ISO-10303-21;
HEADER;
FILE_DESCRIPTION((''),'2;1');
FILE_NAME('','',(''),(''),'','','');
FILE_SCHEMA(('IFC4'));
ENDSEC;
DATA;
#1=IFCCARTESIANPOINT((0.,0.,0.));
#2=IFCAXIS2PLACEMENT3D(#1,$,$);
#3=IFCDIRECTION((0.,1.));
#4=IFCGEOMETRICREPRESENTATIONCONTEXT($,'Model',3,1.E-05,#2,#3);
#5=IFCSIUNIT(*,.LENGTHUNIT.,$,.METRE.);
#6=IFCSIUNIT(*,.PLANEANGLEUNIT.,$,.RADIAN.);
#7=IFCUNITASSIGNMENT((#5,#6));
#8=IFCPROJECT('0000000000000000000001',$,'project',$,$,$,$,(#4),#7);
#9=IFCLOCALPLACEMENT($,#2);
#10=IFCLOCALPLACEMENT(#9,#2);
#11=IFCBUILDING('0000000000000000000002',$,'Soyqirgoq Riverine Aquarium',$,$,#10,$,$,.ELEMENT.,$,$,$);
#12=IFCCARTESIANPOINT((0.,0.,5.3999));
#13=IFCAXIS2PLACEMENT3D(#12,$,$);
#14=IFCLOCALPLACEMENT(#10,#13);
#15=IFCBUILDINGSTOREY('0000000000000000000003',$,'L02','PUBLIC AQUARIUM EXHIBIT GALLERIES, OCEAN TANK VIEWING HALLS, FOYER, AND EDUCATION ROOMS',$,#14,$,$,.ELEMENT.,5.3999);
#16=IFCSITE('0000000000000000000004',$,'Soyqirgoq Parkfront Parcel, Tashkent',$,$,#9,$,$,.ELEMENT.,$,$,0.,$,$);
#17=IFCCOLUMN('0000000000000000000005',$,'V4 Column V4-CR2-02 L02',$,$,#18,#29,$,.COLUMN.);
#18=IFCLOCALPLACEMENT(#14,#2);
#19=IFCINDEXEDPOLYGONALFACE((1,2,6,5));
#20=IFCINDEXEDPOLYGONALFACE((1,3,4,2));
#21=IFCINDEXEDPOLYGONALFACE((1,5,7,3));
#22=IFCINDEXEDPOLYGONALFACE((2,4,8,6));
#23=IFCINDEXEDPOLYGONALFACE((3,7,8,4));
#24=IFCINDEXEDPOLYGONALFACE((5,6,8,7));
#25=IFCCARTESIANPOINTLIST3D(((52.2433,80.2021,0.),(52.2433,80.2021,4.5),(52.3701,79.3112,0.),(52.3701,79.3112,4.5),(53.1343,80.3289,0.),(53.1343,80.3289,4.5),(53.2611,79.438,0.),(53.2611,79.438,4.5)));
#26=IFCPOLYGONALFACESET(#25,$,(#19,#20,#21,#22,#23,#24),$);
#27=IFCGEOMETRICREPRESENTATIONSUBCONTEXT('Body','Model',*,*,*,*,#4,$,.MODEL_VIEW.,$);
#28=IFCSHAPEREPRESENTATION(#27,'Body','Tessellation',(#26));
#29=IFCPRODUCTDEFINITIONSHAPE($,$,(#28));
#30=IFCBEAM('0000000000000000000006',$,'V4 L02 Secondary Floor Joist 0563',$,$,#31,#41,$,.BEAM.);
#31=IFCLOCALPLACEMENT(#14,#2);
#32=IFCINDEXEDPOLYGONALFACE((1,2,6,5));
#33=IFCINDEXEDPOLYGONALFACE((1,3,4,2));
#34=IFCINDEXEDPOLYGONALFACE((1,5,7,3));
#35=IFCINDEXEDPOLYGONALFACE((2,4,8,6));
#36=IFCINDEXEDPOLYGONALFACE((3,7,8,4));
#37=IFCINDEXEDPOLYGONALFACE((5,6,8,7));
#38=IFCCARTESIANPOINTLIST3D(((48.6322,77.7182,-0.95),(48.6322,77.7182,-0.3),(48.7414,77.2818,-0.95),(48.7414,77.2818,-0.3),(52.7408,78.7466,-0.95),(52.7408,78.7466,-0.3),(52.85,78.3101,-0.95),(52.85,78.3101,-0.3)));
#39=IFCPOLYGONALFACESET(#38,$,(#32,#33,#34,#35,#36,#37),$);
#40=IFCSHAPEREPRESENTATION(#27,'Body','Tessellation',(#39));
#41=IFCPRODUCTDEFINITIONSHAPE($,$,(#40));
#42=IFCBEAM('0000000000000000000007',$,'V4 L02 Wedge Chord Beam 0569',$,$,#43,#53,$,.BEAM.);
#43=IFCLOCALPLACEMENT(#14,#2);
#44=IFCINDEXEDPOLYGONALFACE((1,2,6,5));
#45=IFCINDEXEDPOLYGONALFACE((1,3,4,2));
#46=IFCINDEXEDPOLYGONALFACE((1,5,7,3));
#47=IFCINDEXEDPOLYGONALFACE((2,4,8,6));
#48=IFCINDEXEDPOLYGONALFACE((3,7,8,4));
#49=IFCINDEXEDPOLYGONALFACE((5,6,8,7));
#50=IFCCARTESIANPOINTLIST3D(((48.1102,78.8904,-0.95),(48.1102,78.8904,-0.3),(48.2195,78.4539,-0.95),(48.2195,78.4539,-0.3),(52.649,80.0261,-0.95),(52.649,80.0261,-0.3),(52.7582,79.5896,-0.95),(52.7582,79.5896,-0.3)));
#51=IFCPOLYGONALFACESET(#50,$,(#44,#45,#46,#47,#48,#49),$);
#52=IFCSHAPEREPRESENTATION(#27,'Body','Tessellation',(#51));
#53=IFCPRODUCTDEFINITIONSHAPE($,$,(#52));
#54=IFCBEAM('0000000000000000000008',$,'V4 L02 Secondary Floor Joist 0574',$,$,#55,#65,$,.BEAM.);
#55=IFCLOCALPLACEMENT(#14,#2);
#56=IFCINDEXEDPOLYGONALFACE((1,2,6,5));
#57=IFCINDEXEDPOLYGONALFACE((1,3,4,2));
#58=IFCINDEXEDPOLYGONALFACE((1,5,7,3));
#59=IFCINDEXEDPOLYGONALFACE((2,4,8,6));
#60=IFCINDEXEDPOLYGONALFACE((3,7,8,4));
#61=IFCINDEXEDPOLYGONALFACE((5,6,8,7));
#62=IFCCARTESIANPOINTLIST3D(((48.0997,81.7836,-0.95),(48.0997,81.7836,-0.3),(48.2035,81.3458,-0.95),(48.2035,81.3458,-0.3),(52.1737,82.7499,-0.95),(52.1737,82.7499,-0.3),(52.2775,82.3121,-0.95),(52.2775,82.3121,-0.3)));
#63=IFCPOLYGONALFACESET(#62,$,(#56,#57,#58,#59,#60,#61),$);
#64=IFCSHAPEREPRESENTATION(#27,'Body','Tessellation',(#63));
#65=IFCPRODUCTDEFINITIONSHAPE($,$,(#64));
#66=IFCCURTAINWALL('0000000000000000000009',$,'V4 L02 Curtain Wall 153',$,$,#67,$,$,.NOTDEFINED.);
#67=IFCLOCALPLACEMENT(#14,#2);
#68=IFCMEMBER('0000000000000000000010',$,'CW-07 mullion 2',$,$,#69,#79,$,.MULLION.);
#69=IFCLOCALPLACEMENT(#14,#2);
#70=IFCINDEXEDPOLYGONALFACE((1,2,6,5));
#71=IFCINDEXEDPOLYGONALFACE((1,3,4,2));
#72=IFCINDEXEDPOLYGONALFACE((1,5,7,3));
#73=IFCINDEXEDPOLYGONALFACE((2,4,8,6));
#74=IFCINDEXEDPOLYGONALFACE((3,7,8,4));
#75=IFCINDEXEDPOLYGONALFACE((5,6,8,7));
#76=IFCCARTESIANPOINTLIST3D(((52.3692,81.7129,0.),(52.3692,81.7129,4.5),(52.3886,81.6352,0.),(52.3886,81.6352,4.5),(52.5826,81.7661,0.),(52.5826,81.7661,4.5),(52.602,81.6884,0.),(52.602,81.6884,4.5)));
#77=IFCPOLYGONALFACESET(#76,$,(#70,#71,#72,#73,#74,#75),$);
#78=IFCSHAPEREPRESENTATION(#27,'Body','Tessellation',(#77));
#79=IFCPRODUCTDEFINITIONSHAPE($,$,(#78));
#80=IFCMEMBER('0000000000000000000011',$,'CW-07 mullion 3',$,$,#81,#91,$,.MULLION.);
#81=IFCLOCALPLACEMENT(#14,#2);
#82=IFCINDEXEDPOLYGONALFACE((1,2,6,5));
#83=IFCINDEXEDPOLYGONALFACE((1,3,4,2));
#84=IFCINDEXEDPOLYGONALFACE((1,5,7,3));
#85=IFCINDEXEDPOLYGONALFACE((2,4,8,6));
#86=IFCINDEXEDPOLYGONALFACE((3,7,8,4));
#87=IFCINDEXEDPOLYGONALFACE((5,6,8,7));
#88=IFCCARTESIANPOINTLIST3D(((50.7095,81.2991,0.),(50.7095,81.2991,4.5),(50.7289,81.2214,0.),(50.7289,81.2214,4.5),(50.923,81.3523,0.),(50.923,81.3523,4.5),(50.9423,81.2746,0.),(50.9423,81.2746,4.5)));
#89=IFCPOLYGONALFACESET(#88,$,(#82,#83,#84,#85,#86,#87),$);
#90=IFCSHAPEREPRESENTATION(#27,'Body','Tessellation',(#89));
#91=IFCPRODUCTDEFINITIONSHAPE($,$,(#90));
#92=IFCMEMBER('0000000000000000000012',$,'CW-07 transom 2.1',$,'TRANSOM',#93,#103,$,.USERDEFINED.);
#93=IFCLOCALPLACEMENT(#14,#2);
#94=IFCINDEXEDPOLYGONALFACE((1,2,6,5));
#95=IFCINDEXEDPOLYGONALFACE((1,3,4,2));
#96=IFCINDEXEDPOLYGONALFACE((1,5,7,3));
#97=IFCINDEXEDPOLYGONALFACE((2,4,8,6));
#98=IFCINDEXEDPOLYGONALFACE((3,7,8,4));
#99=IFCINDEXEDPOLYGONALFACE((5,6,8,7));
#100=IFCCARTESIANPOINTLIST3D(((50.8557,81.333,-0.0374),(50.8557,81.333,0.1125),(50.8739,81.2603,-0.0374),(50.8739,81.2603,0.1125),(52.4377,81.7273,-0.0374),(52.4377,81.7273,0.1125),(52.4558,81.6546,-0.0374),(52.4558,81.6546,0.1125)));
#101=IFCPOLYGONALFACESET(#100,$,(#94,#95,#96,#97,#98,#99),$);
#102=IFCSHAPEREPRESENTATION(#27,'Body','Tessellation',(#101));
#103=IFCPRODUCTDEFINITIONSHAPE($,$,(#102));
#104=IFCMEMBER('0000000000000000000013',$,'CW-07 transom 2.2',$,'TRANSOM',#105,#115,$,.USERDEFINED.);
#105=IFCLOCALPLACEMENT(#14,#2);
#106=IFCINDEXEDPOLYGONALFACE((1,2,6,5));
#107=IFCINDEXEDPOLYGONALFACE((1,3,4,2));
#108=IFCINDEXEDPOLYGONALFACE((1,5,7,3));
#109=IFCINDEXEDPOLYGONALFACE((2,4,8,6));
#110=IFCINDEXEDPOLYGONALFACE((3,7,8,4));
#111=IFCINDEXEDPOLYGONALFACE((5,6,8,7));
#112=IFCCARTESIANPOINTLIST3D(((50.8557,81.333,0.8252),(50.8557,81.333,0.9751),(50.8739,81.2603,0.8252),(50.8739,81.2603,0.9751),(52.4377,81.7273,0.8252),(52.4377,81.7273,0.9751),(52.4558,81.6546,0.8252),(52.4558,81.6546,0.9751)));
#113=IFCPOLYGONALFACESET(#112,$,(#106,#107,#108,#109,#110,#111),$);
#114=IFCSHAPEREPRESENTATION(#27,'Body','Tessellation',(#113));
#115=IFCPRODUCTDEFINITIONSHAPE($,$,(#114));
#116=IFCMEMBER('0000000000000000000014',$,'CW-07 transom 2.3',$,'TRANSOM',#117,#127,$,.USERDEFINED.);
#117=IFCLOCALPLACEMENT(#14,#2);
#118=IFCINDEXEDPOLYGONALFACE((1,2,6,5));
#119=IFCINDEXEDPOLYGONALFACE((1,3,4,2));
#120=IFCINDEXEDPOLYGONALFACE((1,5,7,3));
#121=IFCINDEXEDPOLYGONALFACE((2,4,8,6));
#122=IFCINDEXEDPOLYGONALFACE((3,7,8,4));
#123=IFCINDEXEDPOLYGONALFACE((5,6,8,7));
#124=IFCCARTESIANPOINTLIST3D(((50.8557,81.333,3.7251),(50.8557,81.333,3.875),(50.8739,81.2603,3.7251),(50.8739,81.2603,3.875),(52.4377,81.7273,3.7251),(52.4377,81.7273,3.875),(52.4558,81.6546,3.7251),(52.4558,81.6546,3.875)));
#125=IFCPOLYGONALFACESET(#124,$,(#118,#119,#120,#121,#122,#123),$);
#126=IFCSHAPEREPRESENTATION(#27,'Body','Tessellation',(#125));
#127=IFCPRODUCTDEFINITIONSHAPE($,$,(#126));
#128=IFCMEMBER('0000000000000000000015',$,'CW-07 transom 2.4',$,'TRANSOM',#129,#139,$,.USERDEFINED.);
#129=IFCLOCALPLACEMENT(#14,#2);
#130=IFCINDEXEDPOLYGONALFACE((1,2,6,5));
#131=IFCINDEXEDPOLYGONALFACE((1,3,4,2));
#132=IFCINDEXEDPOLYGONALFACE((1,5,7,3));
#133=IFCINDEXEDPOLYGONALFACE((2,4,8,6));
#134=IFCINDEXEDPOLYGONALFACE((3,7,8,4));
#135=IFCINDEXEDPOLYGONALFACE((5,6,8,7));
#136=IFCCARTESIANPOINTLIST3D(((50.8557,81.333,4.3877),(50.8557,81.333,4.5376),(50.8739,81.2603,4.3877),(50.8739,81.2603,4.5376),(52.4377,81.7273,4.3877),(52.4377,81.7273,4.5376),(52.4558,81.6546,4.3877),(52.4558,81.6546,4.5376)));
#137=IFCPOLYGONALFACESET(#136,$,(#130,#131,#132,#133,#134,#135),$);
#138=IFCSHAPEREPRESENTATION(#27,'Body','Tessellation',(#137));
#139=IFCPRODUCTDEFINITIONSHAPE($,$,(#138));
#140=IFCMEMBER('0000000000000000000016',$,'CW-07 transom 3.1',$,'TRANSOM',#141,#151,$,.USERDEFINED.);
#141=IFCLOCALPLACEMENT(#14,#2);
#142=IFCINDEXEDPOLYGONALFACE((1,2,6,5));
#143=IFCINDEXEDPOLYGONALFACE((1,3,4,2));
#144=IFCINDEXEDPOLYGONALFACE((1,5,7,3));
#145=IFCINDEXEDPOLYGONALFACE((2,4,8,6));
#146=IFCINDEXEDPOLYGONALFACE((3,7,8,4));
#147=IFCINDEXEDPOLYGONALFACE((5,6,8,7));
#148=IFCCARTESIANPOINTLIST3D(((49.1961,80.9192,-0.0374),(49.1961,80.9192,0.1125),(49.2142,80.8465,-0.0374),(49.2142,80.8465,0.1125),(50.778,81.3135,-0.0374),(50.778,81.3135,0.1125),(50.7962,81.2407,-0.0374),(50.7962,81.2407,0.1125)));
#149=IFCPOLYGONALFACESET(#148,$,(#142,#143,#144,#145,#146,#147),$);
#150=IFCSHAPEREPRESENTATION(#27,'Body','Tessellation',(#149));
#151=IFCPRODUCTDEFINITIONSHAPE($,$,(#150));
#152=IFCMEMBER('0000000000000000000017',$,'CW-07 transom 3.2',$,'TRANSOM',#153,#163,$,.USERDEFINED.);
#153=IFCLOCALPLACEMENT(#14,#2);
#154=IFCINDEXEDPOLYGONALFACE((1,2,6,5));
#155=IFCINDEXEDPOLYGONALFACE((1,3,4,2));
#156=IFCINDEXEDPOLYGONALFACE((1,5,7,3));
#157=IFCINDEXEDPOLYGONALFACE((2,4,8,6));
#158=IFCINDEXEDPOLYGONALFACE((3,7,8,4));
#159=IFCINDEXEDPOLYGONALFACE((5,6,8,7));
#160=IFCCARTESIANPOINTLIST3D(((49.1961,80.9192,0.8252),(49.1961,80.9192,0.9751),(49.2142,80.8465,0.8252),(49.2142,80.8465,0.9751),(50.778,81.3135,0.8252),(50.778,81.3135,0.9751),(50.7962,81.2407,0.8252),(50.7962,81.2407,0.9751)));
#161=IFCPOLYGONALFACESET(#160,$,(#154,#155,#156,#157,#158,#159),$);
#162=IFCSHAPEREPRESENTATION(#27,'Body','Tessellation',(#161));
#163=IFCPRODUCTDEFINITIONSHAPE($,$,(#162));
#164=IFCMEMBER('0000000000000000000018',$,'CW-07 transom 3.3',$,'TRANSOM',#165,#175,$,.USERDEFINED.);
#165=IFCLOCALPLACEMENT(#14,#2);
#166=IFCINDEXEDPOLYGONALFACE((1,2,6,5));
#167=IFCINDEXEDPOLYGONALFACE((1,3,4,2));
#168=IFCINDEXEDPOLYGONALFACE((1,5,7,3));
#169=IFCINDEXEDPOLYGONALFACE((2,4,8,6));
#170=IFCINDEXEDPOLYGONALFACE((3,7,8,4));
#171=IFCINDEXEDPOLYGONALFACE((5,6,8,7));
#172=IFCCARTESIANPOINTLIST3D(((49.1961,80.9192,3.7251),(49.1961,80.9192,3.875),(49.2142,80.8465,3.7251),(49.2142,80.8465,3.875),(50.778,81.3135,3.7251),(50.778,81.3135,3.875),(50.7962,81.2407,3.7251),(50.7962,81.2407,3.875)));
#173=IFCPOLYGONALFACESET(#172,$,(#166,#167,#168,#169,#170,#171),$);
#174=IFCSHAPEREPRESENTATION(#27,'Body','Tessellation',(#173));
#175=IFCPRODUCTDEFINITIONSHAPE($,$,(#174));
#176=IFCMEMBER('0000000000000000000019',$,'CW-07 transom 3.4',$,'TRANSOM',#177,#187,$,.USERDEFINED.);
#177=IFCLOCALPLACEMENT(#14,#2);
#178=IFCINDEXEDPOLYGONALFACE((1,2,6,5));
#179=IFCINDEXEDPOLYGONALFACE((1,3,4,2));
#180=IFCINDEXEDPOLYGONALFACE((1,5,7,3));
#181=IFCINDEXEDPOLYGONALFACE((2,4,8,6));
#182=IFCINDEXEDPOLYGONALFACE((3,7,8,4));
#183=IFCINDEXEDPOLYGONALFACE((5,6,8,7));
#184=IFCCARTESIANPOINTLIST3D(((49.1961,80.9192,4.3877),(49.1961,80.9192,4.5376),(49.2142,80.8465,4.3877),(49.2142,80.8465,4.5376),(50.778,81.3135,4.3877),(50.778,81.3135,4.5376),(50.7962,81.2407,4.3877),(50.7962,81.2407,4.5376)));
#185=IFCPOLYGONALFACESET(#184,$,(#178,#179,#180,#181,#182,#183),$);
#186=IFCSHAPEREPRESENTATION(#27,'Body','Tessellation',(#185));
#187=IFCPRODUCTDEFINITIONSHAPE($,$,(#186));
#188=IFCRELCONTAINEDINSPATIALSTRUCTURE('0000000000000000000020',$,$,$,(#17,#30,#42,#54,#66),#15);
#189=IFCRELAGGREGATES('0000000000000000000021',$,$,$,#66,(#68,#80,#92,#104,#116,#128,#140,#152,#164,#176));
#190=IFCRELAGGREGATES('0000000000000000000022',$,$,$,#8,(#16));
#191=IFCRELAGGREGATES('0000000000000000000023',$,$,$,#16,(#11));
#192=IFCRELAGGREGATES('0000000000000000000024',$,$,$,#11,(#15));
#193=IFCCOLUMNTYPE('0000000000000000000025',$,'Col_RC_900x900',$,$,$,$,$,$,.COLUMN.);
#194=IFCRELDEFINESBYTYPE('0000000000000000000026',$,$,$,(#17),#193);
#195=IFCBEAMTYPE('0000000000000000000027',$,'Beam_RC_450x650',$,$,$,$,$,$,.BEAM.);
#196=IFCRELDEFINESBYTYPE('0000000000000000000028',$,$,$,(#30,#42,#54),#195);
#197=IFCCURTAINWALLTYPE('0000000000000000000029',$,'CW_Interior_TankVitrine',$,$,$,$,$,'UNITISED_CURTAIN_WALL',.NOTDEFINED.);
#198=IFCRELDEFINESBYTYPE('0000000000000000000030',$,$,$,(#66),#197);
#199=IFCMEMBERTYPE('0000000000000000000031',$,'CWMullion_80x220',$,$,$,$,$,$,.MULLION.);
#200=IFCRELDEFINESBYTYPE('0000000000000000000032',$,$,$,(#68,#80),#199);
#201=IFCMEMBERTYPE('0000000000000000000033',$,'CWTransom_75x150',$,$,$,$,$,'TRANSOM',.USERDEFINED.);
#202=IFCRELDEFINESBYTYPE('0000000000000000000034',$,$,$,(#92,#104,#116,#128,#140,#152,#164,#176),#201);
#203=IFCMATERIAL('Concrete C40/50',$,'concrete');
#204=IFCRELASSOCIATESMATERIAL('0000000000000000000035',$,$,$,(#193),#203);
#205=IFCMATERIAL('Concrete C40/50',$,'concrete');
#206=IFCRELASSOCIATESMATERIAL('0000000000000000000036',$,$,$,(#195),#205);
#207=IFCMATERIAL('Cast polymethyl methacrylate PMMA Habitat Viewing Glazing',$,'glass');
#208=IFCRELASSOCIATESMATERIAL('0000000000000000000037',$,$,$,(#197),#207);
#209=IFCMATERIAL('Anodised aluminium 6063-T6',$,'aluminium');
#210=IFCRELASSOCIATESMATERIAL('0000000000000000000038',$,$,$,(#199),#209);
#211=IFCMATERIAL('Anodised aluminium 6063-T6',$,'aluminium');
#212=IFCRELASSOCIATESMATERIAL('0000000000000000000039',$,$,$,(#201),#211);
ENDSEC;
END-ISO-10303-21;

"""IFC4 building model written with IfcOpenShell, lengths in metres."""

from ifc_helpers import new_model, si_unit, direction, frame, origin, origin_2d, place, context, subcontext, project, spatial, rectangle, extrude, material, material_profile, profile_set, type_object, element, aggregate, save


model = new_model("IFC4")

# Units and contexts
model_context = context("Model", 3, precision=1e-05, world=origin(), true_north=direction((0.0, 1.0)))
body_context = subcontext(model_context, "Body", "Model", "MODEL_VIEW")
ifc_project = project(units=[si_unit("LENGTHUNIT", "METRE"), si_unit("PLANEANGLEUNIT", "RADIAN")], contexts=[model_context])

# Site, building, storey
site_placement = place(None, origin())
site = spatial("IfcSite", under=ifc_project, at=site_placement, Name="Soyqirgoq Parkfront Parcel, Tashkent", CompositionType="ELEMENT", RefElevation=0.0)
building_placement = place(site_placement, origin())
building = spatial("IfcBuilding", under=site, at=building_placement, Name="Soyqirgoq Riverine Aquarium", CompositionType="ELEMENT")
storey_placement = place(building_placement, frame((0.0, 0.0, 5.3999)))
storey = spatial("IfcBuildingStorey", under=building, at=storey_placement, Name="L02", Description="PUBLIC AQUARIUM EXHIBIT GALLERIES, OCEAN TANK VIEWING HALLS, FOYER, AND EDUCATION ROOMS", CompositionType="ELEMENT", Elevation=5.3999)

# Column
ifc_material_1 = material(Name="Concrete C40/50", Category="concrete")
ifc_material_profile_1 = material_profile(ifc_material_1, rectangle(XDim=0.8999, YDim=0.8999, at=origin_2d()), Name="RC 900x900")
ifc_profile_set_1 = profile_set([ifc_material_profile_1], Name="Concrete C40/50")
column_type = type_object("IfcColumnType", Name="Col_RC_900x900", PredefinedType="COLUMN", material=ifc_profile_set_1)
column_placement = place(storey_placement, frame((52.7522, 79.8201, 0.0), z_axis=(0.0, 0.0, 1.0), x_axis=(-0.140901, 0.990024, 0.0)))
element("IfcColumn", 1, at=column_placement, inside=storey, type_object=column_type, Name="V4 Column V4-CR2-02 L02", PredefinedType="COLUMN", context=body_context, shape_type="SweptSolid", body=[
    extrude(rectangle(XDim=0.8999, YDim=0.8999, at=origin_2d()), origin(), (0.0, 0.0, 1.0), 4.5),
])

# Beams
ifc_material_2 = material(Name="Concrete C40/50", Category="concrete")
ifc_material_profile_2 = material_profile(ifc_material_2, rectangle(XDim=0.45, YDim=0.6499, at=origin_2d()), Name="RC 450x650")
ifc_profile_set_2 = profile_set([ifc_material_profile_2], Name="Concrete C40/50")
beam_type_1 = type_object("IfcBeamType", Name="Beam_RC_450x650", PredefinedType="BEAM", material=ifc_profile_set_2)
beam_1_placement = place(storey_placement, frame((52.7954, 78.5283, -0.625), z_axis=(-0.970078, -0.242793, 0.0), x_axis=(0.242793, -0.970078, 0.0)))
element("IfcBeam", 2, at=beam_1_placement, inside=storey, type_object=beam_type_1, Name="V4 L02 Secondary Floor Joist 0563", PredefinedType="BEAM", context=body_context, shape_type="SweptSolid", body=[
    extrude(rectangle(XDim=0.45, YDim=0.6499, at=origin_2d()), origin(), (0.0, 0.0, 1.0), 4.2354),
])
beam_2_placement = place(storey_placement, frame((52.7036, 79.8079, -0.625), z_axis=(-0.97009, -0.242744, 0.0), x_axis=(0.242744, -0.97009, 0.0)))
element("IfcBeam", 3, at=beam_2_placement, inside=storey, type_object=beam_type_1, Name="V4 L02 Wedge Chord Beam 0569", PredefinedType="BEAM", context=body_context, shape_type="SweptSolid", body=[
    extrude(rectangle(XDim=0.45, YDim=0.6499, at=origin_2d()), origin(), (0.0, 0.0, 1.0), 4.6787),
])
beam_3_placement = place(storey_placement, frame((52.2256, 82.531, -0.625), z_axis=(-0.973004, -0.230787, 0.0), x_axis=(0.230787, -0.973004, 0.0)))
element("IfcBeam", 4, at=beam_3_placement, inside=storey, type_object=beam_type_1, Name="V4 L02 Secondary Floor Joist 0574", PredefinedType="BEAM", context=body_context, shape_type="SweptSolid", body=[
    extrude(rectangle(XDim=0.45, YDim=0.6499, at=origin_2d()), origin(), (0.0, 0.0, 1.0), 4.187),
])

# Curtain wall, members
ifc_material_3 = material(Name="Cast polymethyl methacrylate PMMA Habitat Viewing Glazing", Category="glass")
curtain_wall_type = type_object("IfcCurtainWallType", Name="CW_Interior_TankVitrine", ElementType="UNITISED_CURTAIN_WALL", PredefinedType="NOTDEFINED", material=ifc_material_3)
curtain_wall_placement = place(storey_placement, origin())
curtain_wall = element("IfcCurtainWall", 5, at=curtain_wall_placement, inside=storey, type_object=curtain_wall_type, Name="V4 L02 Curtain Wall 153", PredefinedType="NOTDEFINED")
ifc_material_4 = material(Name="Anodised aluminium 6063-T6", Category="aluminium")
ifc_material_profile_3 = material_profile(ifc_material_4, rectangle(XDim=0.0801, YDim=0.22, at=origin_2d()), Name="ALU-M 80x220")
ifc_profile_set_3 = profile_set([ifc_material_profile_3], Name="Anodised aluminium 6063-T6")
member_type_1 = type_object("IfcMemberType", Name="CWMullion_80x220", PredefinedType="MULLION", material=ifc_profile_set_3)
member_1_placement = place(storey_placement, frame((52.4856, 81.7007, 0.0), z_axis=(0.0, 0.0, 1.0), x_axis=(0.241922, -0.970296, 0.0)))
member_1 = element("IfcMember", 6, at=member_1_placement, type_object=member_type_1, Name="CW-07 mullion 2", PredefinedType="MULLION", context=body_context, shape_type="SweptSolid", body=[
    extrude(rectangle(XDim=0.0801, YDim=0.22, at=origin_2d()), origin(), (0.0, 0.0, 1.0), 4.5),
])
member_2_placement = place(storey_placement, frame((50.8259, 81.2869, 0.0), z_axis=(0.0, 0.0, 1.0), x_axis=(0.241922, -0.970296, 0.0)))
member_2 = element("IfcMember", 7, at=member_2_placement, type_object=member_type_1, Name="CW-07 mullion 3", PredefinedType="MULLION", context=body_context, shape_type="SweptSolid", body=[
    extrude(rectangle(XDim=0.0801, YDim=0.22, at=origin_2d()), origin(), (0.0, 0.0, 1.0), 4.5),
])
ifc_material_5 = material(Name="Anodised aluminium 6063-T6", Category="aluminium")
ifc_material_profile_4 = material_profile(ifc_material_5, rectangle(XDim=0.075, YDim=0.1499, at=origin_2d()), Name="ALU-T 75x150")
ifc_profile_set_4 = profile_set([ifc_material_profile_4], Name="Anodised aluminium 6063-T6")
member_type_2 = type_object("IfcMemberType", Name="CWTransom_75x150", ElementType="TRANSOM", PredefinedType="USERDEFINED", material=ifc_profile_set_4)
member_3_placement = place(storey_placement, frame((52.4468, 81.6909, 0.0376), z_axis=(-0.970318, -0.241831, 0.0), x_axis=(0.241831, -0.970318, 0.0)))
member_3 = element("IfcMember", 8, at=member_3_placement, type_object=member_type_2, Name="CW-07 transom 2.1", ObjectType="TRANSOM", PredefinedType="USERDEFINED", context=body_context, shape_type="SweptSolid", body=[
    extrude(rectangle(XDim=0.075, YDim=0.1499, at=origin_2d()), origin(), (0.0, 0.0, 1.0), 1.6304),
])
member_4_placement = place(storey_placement, frame((52.4468, 81.6909, 0.9001), z_axis=(-0.970318, -0.241831, 0.0), x_axis=(0.241831, -0.970318, 0.0)))
member_4 = element("IfcMember", 9, at=member_4_placement, type_object=member_type_2, Name="CW-07 transom 2.2", ObjectType="TRANSOM", PredefinedType="USERDEFINED", context=body_context, shape_type="SweptSolid", body=[
    extrude(rectangle(XDim=0.075, YDim=0.1499, at=origin_2d()), origin(), (0.0, 0.0, 1.0), 1.6304),
])
member_5_placement = place(storey_placement, frame((52.4468, 81.6909, 3.8), z_axis=(-0.970318, -0.241831, 0.0), x_axis=(0.241831, -0.970318, 0.0)))
member_5 = element("IfcMember", 10, at=member_5_placement, type_object=member_type_2, Name="CW-07 transom 2.3", ObjectType="TRANSOM", PredefinedType="USERDEFINED", context=body_context, shape_type="SweptSolid", body=[
    extrude(rectangle(XDim=0.075, YDim=0.1499, at=origin_2d()), origin(), (0.0, 0.0, 1.0), 1.6304),
])
member_6_placement = place(storey_placement, frame((52.4468, 81.6909, 4.4626), z_axis=(-0.970318, -0.241831, 0.0), x_axis=(0.241831, -0.970318, 0.0)))
member_6 = element("IfcMember", 11, at=member_6_placement, type_object=member_type_2, Name="CW-07 transom 2.4", ObjectType="TRANSOM", PredefinedType="USERDEFINED", context=body_context, shape_type="SweptSolid", body=[
    extrude(rectangle(XDim=0.075, YDim=0.1499, at=origin_2d()), origin(), (0.0, 0.0, 1.0), 1.6304),
])
member_7_placement = place(storey_placement, frame((50.7871, 81.2771, 0.0376), z_axis=(-0.970318, -0.241831, 0.0), x_axis=(0.241831, -0.970318, 0.0)))
member_7 = element("IfcMember", 12, at=member_7_placement, type_object=member_type_2, Name="CW-07 transom 3.1", ObjectType="TRANSOM", PredefinedType="USERDEFINED", context=body_context, shape_type="SweptSolid", body=[
    extrude(rectangle(XDim=0.075, YDim=0.1499, at=origin_2d()), origin(), (0.0, 0.0, 1.0), 1.6304),
])
member_8_placement = place(storey_placement, frame((50.7871, 81.2771, 0.9001), z_axis=(-0.970318, -0.241831, 0.0), x_axis=(0.241831, -0.970318, 0.0)))
member_8 = element("IfcMember", 13, at=member_8_placement, type_object=member_type_2, Name="CW-07 transom 3.2", ObjectType="TRANSOM", PredefinedType="USERDEFINED", context=body_context, shape_type="SweptSolid", body=[
    extrude(rectangle(XDim=0.075, YDim=0.1499, at=origin_2d()), origin(), (0.0, 0.0, 1.0), 1.6304),
])
member_9_placement = place(storey_placement, frame((50.7871, 81.2771, 3.8), z_axis=(-0.970318, -0.241831, 0.0), x_axis=(0.241831, -0.970318, 0.0)))
member_9 = element("IfcMember", 14, at=member_9_placement, type_object=member_type_2, Name="CW-07 transom 3.3", ObjectType="TRANSOM", PredefinedType="USERDEFINED", context=body_context, shape_type="SweptSolid", body=[
    extrude(rectangle(XDim=0.075, YDim=0.1499, at=origin_2d()), origin(), (0.0, 0.0, 1.0), 1.6304),
])
member_10_placement = place(storey_placement, frame((50.7871, 81.2771, 4.4626), z_axis=(-0.970318, -0.241831, 0.0), x_axis=(0.241831, -0.970318, 0.0)))
member_10 = element("IfcMember", 15, at=member_10_placement, type_object=member_type_2, Name="CW-07 transom 3.4", ObjectType="TRANSOM", PredefinedType="USERDEFINED", context=body_context, shape_type="SweptSolid", body=[
    extrude(rectangle(XDim=0.075, YDim=0.1499, at=origin_2d()), origin(), (0.0, 0.0, 1.0), 1.6304),
])

aggregate(curtain_wall, [member_1, member_2, member_3, member_4, member_5, member_6, member_7, member_8, member_9, member_10])

save(model, "model.ifc")
